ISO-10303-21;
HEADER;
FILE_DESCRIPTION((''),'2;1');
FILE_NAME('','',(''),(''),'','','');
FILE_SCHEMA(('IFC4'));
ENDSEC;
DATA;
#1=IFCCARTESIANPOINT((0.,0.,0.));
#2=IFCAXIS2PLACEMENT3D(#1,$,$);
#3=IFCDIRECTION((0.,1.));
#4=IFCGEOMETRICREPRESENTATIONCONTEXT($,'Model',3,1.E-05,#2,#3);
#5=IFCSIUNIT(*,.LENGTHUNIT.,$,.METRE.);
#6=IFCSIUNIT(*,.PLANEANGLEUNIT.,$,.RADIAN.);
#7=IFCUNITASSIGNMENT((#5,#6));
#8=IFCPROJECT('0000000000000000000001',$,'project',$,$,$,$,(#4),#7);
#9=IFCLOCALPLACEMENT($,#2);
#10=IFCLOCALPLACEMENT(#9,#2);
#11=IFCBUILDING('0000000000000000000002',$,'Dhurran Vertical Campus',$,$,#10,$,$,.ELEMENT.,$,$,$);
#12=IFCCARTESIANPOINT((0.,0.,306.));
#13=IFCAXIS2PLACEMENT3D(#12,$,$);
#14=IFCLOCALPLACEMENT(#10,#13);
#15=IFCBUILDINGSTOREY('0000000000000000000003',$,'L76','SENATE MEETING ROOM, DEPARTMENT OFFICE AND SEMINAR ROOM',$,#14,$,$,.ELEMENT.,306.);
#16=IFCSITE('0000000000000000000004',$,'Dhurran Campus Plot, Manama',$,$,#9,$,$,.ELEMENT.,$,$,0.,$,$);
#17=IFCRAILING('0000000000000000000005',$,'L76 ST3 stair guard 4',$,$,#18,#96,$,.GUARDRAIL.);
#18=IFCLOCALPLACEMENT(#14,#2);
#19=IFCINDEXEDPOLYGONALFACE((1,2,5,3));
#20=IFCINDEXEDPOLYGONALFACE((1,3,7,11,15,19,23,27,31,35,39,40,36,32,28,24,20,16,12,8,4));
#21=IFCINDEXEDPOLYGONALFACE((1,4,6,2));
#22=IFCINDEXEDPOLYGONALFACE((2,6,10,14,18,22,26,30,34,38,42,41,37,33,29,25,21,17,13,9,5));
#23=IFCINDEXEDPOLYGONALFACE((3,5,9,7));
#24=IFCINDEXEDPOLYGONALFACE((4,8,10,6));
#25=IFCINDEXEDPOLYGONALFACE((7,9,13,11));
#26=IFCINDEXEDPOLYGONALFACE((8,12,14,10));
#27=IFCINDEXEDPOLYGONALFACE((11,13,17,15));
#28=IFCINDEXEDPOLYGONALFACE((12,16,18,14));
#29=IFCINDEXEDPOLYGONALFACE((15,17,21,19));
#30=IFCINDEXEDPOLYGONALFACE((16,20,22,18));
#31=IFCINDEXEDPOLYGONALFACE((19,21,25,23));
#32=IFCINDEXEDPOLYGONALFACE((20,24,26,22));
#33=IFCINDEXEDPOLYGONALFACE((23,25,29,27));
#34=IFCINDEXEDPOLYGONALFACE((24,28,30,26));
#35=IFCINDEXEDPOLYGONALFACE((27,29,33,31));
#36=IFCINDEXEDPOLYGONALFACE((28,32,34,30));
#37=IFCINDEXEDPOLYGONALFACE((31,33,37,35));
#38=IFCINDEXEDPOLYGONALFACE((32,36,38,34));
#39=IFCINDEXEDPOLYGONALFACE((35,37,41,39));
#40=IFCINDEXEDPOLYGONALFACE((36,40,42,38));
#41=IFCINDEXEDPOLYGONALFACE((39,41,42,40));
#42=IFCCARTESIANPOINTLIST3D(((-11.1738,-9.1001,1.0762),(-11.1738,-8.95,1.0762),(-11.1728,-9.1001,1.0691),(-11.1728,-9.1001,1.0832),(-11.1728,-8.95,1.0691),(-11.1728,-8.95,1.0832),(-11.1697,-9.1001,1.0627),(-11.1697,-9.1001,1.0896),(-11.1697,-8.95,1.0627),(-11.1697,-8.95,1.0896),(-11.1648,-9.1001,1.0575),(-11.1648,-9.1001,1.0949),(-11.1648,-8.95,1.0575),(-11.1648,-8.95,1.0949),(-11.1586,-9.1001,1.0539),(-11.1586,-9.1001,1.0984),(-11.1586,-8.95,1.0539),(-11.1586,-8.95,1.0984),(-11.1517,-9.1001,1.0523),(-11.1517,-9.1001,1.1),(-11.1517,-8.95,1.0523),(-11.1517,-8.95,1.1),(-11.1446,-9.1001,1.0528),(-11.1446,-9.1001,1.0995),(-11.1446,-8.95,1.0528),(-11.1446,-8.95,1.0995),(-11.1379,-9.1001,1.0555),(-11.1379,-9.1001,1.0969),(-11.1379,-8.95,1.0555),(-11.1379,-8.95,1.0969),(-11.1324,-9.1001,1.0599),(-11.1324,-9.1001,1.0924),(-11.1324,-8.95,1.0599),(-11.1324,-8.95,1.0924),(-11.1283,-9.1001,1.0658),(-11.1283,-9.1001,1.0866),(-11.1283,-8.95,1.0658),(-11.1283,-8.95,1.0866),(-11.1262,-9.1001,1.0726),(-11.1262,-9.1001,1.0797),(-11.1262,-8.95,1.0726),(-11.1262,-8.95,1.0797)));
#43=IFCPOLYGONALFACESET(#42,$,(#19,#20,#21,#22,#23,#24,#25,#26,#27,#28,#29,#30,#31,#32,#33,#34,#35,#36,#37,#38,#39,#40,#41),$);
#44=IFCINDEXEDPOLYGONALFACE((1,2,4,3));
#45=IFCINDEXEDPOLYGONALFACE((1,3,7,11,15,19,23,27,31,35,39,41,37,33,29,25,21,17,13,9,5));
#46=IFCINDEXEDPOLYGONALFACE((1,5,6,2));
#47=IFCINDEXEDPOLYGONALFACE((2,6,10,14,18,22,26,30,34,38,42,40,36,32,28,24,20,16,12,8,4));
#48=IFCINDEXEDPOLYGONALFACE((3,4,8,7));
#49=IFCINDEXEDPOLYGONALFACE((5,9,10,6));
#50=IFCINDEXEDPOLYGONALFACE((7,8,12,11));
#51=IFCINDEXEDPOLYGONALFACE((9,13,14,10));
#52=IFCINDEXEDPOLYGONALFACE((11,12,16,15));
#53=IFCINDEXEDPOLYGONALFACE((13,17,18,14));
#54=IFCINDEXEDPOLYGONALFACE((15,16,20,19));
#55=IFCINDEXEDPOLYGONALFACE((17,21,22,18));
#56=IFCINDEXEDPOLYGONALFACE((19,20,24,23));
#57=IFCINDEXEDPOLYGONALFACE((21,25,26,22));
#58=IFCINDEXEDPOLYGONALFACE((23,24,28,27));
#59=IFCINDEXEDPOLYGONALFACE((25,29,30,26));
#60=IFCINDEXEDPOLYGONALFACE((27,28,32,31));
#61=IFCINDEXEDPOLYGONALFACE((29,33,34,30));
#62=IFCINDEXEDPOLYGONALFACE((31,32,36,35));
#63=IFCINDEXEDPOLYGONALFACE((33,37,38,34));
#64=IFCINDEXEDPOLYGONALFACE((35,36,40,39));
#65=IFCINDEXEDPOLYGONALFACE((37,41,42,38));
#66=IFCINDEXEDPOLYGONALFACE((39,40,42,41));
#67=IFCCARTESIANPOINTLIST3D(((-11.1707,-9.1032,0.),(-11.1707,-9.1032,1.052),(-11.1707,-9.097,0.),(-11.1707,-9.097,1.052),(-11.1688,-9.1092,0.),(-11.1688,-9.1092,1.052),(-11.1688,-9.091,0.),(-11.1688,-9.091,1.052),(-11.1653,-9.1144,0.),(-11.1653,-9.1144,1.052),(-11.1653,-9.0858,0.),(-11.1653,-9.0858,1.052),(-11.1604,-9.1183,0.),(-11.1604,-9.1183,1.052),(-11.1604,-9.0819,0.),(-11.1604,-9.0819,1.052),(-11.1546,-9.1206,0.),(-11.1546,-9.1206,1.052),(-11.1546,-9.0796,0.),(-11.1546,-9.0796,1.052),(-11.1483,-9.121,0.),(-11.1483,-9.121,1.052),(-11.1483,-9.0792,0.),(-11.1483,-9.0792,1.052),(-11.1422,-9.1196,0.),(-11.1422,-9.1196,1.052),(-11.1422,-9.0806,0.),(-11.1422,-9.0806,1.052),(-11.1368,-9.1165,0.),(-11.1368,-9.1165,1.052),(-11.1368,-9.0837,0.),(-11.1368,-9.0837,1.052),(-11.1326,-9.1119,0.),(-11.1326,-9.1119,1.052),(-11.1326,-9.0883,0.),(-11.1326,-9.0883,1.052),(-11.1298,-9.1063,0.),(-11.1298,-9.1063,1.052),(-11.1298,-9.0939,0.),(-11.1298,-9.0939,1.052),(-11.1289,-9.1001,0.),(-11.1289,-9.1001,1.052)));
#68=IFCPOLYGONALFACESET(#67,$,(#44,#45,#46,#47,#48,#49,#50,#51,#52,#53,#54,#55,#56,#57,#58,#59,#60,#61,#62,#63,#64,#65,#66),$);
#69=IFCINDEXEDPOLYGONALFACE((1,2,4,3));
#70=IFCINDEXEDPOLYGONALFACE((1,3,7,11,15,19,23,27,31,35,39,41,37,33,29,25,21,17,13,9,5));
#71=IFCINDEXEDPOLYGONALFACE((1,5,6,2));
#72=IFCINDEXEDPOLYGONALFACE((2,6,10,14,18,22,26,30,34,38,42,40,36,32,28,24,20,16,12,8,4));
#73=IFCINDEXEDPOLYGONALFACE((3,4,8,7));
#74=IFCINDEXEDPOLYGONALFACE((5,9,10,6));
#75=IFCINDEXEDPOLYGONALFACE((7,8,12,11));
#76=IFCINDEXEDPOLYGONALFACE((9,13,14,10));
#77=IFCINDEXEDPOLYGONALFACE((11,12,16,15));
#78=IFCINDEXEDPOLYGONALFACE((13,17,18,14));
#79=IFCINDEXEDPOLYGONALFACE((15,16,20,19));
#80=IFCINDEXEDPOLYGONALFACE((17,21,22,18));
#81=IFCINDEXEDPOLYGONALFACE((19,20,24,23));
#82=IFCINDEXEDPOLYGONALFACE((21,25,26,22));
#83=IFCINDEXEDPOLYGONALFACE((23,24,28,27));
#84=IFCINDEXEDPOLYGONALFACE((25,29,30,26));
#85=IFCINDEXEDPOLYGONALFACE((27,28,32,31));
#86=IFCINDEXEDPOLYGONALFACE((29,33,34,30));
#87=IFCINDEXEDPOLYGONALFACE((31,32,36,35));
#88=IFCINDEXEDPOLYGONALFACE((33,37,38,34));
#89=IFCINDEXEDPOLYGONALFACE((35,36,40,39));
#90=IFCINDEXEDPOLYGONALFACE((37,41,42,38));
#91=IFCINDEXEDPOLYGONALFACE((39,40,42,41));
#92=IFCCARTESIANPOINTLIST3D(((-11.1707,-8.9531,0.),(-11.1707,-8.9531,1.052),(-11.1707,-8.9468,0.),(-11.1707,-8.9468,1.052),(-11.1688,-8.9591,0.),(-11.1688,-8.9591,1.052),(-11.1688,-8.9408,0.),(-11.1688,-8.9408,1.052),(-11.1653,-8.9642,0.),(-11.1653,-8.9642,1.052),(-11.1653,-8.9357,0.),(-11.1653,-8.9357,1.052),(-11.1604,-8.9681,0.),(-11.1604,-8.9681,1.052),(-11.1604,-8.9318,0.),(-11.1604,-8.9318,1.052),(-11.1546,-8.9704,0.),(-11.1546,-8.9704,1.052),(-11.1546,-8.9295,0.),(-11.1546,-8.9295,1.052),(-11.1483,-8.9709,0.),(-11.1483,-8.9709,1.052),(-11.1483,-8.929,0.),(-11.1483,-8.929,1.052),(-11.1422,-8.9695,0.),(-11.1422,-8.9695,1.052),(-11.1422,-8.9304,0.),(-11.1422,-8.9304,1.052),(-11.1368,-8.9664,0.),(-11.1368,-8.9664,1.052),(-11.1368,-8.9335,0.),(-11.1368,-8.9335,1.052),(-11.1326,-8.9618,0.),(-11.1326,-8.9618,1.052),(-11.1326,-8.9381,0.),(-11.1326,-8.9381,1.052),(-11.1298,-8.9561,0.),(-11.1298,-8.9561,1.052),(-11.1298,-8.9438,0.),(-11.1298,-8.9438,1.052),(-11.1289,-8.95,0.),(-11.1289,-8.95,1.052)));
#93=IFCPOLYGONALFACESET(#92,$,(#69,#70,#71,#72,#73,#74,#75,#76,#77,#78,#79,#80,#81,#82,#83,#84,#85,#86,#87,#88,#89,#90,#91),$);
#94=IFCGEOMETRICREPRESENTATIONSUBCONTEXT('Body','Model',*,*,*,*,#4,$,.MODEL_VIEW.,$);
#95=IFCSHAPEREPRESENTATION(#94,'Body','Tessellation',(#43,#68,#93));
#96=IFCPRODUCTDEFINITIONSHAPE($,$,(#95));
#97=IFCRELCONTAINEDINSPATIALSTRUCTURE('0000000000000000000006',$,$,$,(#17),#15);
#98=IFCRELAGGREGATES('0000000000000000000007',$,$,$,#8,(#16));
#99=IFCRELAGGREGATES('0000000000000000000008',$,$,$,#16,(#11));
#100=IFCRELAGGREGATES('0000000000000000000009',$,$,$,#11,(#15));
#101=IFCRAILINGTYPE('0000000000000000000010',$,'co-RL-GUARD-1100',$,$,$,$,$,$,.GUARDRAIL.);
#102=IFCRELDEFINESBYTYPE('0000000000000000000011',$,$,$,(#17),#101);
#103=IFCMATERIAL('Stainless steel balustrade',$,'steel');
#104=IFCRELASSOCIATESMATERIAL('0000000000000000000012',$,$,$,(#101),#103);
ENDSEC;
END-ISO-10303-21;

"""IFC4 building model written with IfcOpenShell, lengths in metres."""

from ifc_helpers import new_model, si_unit, direction, frame, origin, origin_2d, place, context, subcontext, project, spatial, circle, extrude, material, type_object, element, save


model = new_model("IFC4")

# Units and contexts
model_context = context("Model", 3, precision=1e-05, world=origin(), true_north=direction((0.0, 1.0)))
body_context = subcontext(model_context, "Body", "Model", "MODEL_VIEW")
ifc_project = project(units=[si_unit("LENGTHUNIT", "METRE"), si_unit("PLANEANGLEUNIT", "RADIAN")], contexts=[model_context])

# Site, building, storey
site_placement = place(None, origin())
site = spatial("IfcSite", under=ifc_project, at=site_placement, Name="Dhurran Campus Plot, Manama", CompositionType="ELEMENT", RefElevation=0.0)
building_placement = place(site_placement, origin())
building = spatial("IfcBuilding", under=site, at=building_placement, Name="Dhurran Vertical Campus", CompositionType="ELEMENT")
storey_placement = place(building_placement, frame((0.0, 0.0, 306.0)))
storey = spatial("IfcBuildingStorey", under=building, at=storey_placement, Name="L76", Description="SENATE MEETING ROOM, DEPARTMENT OFFICE AND SEMINAR ROOM", CompositionType="ELEMENT", Elevation=306.0)

# Railing
ifc_material_1 = material(Name="Stainless steel balustrade", Category="steel")
railing_type_1 = type_object("IfcRailingType", Name="co-RL-GUARD-1100", PredefinedType="GUARDRAIL", material=ifc_material_1)
railing_1_placement = place(storey_placement, frame((-11.1499, -9.1001, 0.0)))
element("IfcRailing", 1, at=railing_1_placement, inside=storey, type_object=railing_type_1, Name="L76 ST3 stair guard 4", PredefinedType="GUARDRAIL", context=body_context, shape_type="SweptSolid", body=[
    extrude(circle(Radius=0.0239, at=origin_2d()), frame((0.0, 0.0, 1.0762), z_axis=(0.0, 1.0, 0.0), x_axis=(-1.0, 0.0, 0.0)), (0.0, 0.0, 1.0), 0.1501),
    extrude(circle(Radius=0.021, at=origin_2d()), origin(), (0.0, 0.0, 1.0), 1.052),
    extrude(circle(Radius=0.021, at=origin_2d()), frame((0.0, 0.1501, 0.0)), (0.0, 0.0, 1.0), 1.052),
])

save(model, "model.ifc")
